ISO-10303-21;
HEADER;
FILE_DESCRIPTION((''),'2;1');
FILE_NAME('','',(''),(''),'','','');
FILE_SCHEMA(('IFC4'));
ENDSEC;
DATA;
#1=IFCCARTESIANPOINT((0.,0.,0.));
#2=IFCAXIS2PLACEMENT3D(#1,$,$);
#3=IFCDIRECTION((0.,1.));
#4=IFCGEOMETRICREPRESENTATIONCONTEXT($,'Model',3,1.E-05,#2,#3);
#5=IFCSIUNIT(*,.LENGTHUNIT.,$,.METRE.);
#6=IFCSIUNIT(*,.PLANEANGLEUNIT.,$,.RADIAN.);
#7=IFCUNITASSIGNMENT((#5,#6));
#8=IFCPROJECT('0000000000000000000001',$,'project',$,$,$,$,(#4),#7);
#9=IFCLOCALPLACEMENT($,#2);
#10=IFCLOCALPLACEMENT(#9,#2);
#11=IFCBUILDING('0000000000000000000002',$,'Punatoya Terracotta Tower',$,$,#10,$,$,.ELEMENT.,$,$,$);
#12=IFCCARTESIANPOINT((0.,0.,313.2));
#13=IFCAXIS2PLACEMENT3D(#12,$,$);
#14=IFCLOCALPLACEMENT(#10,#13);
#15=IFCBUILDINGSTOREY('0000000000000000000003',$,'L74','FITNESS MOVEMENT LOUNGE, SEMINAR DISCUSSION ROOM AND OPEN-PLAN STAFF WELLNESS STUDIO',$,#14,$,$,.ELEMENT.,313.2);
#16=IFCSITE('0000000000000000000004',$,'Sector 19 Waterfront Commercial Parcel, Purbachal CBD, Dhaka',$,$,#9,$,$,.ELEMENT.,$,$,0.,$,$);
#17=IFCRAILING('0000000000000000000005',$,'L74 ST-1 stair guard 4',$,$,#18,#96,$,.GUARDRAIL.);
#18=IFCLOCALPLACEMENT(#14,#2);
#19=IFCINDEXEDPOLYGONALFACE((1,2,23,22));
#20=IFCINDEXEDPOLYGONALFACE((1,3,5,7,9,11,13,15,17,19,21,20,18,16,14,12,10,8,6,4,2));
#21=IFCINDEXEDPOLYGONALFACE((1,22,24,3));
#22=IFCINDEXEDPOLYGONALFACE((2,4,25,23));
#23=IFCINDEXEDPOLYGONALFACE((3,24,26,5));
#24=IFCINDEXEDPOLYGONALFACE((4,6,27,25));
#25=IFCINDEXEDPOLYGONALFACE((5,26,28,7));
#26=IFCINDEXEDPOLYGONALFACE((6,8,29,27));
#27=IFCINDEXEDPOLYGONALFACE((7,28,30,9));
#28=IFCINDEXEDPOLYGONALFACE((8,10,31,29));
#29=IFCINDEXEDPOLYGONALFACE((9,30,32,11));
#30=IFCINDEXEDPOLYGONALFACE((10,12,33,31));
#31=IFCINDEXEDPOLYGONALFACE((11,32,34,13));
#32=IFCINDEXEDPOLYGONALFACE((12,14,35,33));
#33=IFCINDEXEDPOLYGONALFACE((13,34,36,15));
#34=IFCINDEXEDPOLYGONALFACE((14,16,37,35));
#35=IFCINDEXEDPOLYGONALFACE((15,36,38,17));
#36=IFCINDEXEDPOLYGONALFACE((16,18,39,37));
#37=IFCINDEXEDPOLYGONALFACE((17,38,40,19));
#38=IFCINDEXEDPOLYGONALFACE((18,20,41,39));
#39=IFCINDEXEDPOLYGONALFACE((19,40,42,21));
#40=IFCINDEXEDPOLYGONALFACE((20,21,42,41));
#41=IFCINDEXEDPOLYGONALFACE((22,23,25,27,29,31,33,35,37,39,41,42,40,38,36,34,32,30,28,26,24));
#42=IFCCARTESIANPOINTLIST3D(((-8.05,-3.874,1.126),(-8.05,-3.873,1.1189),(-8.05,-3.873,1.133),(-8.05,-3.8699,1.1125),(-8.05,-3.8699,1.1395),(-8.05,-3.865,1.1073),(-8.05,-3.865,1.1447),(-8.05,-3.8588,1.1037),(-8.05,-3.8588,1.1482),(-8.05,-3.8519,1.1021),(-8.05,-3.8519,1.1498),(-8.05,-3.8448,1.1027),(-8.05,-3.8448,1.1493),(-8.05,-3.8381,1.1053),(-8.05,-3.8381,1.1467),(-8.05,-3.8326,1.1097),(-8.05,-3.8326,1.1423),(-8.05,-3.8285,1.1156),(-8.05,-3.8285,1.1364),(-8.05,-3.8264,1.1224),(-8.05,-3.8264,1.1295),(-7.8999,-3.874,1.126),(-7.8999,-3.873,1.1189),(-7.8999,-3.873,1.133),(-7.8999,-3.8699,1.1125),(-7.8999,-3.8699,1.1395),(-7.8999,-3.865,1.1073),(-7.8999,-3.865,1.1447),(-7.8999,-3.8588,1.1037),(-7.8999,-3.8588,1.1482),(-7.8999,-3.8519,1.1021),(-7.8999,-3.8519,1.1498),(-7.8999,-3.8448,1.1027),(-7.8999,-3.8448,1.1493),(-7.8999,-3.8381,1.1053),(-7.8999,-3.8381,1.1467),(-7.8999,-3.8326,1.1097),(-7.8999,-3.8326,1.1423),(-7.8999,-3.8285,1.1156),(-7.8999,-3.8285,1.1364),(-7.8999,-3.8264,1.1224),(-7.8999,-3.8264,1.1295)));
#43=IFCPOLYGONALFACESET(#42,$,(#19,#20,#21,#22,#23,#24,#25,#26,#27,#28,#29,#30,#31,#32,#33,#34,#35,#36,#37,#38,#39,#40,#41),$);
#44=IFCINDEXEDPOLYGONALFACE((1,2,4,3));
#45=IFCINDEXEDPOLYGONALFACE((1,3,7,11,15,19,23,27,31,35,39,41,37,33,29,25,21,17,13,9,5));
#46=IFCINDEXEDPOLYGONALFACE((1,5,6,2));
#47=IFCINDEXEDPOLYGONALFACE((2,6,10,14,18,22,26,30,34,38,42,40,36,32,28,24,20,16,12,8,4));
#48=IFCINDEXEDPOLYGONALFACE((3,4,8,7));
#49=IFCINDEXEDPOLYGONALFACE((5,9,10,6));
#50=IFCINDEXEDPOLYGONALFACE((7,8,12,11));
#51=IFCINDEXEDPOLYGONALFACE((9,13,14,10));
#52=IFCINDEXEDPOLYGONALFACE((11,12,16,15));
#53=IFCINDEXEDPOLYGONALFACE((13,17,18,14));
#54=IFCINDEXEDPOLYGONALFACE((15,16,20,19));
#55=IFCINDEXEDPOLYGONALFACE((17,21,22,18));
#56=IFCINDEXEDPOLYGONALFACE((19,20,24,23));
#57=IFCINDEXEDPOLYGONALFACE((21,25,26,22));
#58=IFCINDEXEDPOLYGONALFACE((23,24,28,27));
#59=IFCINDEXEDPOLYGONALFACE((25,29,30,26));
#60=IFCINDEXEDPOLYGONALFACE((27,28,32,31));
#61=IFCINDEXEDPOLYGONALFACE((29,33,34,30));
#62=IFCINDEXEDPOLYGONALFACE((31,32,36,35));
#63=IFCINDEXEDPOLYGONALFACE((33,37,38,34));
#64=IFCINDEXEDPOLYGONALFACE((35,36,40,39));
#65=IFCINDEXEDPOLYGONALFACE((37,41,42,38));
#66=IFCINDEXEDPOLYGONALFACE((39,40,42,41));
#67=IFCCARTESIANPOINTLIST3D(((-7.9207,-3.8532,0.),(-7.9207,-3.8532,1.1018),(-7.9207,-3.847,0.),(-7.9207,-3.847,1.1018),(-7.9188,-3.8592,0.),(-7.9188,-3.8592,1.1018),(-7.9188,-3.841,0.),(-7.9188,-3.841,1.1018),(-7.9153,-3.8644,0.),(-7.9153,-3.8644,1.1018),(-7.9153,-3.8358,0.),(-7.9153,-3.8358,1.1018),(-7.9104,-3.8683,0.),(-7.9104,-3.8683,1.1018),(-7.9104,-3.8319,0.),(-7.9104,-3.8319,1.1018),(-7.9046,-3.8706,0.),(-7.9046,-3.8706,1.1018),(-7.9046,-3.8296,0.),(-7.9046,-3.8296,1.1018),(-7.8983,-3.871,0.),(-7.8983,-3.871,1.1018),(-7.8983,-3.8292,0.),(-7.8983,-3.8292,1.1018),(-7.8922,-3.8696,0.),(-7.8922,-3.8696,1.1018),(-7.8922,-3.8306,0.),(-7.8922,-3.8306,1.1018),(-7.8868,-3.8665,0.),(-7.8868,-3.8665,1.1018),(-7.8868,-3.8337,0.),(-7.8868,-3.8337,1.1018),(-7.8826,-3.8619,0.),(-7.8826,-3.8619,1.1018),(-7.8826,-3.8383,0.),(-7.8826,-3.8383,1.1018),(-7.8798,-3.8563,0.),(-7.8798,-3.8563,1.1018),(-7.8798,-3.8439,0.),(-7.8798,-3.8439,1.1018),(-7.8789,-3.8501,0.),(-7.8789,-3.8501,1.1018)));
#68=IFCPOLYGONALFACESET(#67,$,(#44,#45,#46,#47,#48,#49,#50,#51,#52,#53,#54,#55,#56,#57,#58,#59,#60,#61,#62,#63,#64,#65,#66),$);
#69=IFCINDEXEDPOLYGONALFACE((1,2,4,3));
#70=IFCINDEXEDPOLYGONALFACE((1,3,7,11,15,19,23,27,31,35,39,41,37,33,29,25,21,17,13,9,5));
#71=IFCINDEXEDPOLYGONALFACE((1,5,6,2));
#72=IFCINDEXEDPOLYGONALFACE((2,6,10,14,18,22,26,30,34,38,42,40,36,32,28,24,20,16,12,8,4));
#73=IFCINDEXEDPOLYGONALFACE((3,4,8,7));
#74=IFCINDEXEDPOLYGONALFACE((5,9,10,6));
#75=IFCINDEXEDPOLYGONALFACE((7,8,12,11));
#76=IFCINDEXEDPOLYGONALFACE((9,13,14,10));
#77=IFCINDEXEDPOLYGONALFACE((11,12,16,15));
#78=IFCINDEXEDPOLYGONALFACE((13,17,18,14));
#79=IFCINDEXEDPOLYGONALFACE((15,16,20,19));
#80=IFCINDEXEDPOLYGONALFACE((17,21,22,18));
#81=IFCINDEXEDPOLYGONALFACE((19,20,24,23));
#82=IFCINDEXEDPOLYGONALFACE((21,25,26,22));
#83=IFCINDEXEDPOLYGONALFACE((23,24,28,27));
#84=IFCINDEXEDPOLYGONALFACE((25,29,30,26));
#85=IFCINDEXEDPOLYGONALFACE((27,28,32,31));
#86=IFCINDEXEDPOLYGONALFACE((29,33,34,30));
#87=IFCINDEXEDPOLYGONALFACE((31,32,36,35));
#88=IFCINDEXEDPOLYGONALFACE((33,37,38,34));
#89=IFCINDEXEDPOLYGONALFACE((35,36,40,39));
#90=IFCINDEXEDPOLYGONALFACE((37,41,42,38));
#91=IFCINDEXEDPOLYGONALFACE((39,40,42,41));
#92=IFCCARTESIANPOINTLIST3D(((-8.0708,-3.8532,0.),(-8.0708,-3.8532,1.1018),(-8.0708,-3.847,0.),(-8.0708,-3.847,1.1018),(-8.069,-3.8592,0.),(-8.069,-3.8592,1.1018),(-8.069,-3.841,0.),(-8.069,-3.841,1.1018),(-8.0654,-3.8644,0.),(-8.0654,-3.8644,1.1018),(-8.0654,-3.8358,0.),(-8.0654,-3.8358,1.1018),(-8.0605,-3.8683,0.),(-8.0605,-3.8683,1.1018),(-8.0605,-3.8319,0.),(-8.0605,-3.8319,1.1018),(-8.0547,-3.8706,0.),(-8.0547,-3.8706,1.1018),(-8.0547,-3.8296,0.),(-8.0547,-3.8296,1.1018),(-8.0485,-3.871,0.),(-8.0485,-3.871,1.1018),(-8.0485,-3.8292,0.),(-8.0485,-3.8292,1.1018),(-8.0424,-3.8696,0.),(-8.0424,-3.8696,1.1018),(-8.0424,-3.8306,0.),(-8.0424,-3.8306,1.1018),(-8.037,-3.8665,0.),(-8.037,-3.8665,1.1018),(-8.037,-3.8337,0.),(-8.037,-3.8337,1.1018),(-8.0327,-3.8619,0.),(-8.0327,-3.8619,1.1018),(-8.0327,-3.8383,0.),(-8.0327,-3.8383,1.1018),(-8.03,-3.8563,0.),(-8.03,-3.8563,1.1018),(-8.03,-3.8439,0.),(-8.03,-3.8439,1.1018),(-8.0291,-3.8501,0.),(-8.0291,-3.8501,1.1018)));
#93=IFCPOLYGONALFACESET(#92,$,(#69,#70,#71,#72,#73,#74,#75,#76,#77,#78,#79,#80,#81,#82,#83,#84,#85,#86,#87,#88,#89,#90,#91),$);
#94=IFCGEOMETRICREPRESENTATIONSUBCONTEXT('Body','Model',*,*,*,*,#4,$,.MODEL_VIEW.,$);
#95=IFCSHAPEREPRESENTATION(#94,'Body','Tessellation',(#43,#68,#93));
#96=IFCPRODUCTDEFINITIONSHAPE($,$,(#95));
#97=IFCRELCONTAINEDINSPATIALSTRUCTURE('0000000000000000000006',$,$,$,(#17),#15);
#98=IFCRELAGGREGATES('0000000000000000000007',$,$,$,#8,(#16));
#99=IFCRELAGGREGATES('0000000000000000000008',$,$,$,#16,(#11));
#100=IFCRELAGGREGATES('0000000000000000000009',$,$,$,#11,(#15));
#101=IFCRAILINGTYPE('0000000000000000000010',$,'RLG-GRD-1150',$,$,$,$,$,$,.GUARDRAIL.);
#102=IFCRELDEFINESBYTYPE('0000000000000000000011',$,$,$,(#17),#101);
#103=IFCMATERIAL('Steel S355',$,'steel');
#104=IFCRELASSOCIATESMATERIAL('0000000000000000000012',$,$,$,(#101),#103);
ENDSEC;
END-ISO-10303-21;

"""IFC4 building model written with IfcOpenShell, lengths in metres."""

from ifc_helpers import new_model, si_unit, direction, frame, origin, origin_2d, place, context, subcontext, project, spatial, circle, extrude, material, type_object, element, save


model = new_model("IFC4")

# Units and contexts
model_context = context("Model", 3, precision=1e-05, world=origin(), true_north=direction((0.0, 1.0)))
body_context = subcontext(model_context, "Body", "Model", "MODEL_VIEW")
ifc_project = project(units=[si_unit("LENGTHUNIT", "METRE"), si_unit("PLANEANGLEUNIT", "RADIAN")], contexts=[model_context])

# Site, building, storey
site_placement = place(None, origin())
site = spatial("IfcSite", under=ifc_project, at=site_placement, Name="Sector 19 Waterfront Commercial Parcel, Purbachal CBD, Dhaka", CompositionType="ELEMENT", RefElevation=0.0)
building_placement = place(site_placement, origin())
building = spatial("IfcBuilding", under=site, at=building_placement, Name="Punatoya Terracotta Tower", CompositionType="ELEMENT")
storey_placement = place(building_placement, frame((0.0, 0.0, 313.2)))
storey = spatial("IfcBuildingStorey", under=building, at=storey_placement, Name="L74", Description="FITNESS MOVEMENT LOUNGE, SEMINAR DISCUSSION ROOM AND OPEN-PLAN STAFF WELLNESS STUDIO", CompositionType="ELEMENT", Elevation=313.2)

# Shared definitions
ifc_material_1 = material(Name="Steel S355", Category="steel")

# Railing
railing_type_1 = type_object("IfcRailingType", Name="RLG-GRD-1150", PredefinedType="GUARDRAIL", material=ifc_material_1)
railing_1_placement = place(storey_placement, frame((-7.8999, -3.8501, 0.0)))
element("IfcRailing", 1, at=railing_1_placement, inside=storey, type_object=railing_type_1, Name="L74 ST-1 stair guard 4", PredefinedType="GUARDRAIL", context=body_context, shape_type="SweptSolid", body=[
    extrude(circle(Radius=0.0239, at=origin_2d()), frame((0.0, 0.0, 1.126), z_axis=(-1.0, 0.0, 0.0), x_axis=(0.0, -1.0, 0.0)), (0.0, 0.0, 1.0), 0.1501),
    extrude(circle(Radius=0.021, at=origin_2d()), origin(), (0.0, 0.0, 1.0), 1.1018),
    extrude(circle(Radius=0.021, at=origin_2d()), frame((-0.1501, 0.0, 0.0)), (0.0, 0.0, 1.0), 1.1018),
])

save(model, "model.ifc")
